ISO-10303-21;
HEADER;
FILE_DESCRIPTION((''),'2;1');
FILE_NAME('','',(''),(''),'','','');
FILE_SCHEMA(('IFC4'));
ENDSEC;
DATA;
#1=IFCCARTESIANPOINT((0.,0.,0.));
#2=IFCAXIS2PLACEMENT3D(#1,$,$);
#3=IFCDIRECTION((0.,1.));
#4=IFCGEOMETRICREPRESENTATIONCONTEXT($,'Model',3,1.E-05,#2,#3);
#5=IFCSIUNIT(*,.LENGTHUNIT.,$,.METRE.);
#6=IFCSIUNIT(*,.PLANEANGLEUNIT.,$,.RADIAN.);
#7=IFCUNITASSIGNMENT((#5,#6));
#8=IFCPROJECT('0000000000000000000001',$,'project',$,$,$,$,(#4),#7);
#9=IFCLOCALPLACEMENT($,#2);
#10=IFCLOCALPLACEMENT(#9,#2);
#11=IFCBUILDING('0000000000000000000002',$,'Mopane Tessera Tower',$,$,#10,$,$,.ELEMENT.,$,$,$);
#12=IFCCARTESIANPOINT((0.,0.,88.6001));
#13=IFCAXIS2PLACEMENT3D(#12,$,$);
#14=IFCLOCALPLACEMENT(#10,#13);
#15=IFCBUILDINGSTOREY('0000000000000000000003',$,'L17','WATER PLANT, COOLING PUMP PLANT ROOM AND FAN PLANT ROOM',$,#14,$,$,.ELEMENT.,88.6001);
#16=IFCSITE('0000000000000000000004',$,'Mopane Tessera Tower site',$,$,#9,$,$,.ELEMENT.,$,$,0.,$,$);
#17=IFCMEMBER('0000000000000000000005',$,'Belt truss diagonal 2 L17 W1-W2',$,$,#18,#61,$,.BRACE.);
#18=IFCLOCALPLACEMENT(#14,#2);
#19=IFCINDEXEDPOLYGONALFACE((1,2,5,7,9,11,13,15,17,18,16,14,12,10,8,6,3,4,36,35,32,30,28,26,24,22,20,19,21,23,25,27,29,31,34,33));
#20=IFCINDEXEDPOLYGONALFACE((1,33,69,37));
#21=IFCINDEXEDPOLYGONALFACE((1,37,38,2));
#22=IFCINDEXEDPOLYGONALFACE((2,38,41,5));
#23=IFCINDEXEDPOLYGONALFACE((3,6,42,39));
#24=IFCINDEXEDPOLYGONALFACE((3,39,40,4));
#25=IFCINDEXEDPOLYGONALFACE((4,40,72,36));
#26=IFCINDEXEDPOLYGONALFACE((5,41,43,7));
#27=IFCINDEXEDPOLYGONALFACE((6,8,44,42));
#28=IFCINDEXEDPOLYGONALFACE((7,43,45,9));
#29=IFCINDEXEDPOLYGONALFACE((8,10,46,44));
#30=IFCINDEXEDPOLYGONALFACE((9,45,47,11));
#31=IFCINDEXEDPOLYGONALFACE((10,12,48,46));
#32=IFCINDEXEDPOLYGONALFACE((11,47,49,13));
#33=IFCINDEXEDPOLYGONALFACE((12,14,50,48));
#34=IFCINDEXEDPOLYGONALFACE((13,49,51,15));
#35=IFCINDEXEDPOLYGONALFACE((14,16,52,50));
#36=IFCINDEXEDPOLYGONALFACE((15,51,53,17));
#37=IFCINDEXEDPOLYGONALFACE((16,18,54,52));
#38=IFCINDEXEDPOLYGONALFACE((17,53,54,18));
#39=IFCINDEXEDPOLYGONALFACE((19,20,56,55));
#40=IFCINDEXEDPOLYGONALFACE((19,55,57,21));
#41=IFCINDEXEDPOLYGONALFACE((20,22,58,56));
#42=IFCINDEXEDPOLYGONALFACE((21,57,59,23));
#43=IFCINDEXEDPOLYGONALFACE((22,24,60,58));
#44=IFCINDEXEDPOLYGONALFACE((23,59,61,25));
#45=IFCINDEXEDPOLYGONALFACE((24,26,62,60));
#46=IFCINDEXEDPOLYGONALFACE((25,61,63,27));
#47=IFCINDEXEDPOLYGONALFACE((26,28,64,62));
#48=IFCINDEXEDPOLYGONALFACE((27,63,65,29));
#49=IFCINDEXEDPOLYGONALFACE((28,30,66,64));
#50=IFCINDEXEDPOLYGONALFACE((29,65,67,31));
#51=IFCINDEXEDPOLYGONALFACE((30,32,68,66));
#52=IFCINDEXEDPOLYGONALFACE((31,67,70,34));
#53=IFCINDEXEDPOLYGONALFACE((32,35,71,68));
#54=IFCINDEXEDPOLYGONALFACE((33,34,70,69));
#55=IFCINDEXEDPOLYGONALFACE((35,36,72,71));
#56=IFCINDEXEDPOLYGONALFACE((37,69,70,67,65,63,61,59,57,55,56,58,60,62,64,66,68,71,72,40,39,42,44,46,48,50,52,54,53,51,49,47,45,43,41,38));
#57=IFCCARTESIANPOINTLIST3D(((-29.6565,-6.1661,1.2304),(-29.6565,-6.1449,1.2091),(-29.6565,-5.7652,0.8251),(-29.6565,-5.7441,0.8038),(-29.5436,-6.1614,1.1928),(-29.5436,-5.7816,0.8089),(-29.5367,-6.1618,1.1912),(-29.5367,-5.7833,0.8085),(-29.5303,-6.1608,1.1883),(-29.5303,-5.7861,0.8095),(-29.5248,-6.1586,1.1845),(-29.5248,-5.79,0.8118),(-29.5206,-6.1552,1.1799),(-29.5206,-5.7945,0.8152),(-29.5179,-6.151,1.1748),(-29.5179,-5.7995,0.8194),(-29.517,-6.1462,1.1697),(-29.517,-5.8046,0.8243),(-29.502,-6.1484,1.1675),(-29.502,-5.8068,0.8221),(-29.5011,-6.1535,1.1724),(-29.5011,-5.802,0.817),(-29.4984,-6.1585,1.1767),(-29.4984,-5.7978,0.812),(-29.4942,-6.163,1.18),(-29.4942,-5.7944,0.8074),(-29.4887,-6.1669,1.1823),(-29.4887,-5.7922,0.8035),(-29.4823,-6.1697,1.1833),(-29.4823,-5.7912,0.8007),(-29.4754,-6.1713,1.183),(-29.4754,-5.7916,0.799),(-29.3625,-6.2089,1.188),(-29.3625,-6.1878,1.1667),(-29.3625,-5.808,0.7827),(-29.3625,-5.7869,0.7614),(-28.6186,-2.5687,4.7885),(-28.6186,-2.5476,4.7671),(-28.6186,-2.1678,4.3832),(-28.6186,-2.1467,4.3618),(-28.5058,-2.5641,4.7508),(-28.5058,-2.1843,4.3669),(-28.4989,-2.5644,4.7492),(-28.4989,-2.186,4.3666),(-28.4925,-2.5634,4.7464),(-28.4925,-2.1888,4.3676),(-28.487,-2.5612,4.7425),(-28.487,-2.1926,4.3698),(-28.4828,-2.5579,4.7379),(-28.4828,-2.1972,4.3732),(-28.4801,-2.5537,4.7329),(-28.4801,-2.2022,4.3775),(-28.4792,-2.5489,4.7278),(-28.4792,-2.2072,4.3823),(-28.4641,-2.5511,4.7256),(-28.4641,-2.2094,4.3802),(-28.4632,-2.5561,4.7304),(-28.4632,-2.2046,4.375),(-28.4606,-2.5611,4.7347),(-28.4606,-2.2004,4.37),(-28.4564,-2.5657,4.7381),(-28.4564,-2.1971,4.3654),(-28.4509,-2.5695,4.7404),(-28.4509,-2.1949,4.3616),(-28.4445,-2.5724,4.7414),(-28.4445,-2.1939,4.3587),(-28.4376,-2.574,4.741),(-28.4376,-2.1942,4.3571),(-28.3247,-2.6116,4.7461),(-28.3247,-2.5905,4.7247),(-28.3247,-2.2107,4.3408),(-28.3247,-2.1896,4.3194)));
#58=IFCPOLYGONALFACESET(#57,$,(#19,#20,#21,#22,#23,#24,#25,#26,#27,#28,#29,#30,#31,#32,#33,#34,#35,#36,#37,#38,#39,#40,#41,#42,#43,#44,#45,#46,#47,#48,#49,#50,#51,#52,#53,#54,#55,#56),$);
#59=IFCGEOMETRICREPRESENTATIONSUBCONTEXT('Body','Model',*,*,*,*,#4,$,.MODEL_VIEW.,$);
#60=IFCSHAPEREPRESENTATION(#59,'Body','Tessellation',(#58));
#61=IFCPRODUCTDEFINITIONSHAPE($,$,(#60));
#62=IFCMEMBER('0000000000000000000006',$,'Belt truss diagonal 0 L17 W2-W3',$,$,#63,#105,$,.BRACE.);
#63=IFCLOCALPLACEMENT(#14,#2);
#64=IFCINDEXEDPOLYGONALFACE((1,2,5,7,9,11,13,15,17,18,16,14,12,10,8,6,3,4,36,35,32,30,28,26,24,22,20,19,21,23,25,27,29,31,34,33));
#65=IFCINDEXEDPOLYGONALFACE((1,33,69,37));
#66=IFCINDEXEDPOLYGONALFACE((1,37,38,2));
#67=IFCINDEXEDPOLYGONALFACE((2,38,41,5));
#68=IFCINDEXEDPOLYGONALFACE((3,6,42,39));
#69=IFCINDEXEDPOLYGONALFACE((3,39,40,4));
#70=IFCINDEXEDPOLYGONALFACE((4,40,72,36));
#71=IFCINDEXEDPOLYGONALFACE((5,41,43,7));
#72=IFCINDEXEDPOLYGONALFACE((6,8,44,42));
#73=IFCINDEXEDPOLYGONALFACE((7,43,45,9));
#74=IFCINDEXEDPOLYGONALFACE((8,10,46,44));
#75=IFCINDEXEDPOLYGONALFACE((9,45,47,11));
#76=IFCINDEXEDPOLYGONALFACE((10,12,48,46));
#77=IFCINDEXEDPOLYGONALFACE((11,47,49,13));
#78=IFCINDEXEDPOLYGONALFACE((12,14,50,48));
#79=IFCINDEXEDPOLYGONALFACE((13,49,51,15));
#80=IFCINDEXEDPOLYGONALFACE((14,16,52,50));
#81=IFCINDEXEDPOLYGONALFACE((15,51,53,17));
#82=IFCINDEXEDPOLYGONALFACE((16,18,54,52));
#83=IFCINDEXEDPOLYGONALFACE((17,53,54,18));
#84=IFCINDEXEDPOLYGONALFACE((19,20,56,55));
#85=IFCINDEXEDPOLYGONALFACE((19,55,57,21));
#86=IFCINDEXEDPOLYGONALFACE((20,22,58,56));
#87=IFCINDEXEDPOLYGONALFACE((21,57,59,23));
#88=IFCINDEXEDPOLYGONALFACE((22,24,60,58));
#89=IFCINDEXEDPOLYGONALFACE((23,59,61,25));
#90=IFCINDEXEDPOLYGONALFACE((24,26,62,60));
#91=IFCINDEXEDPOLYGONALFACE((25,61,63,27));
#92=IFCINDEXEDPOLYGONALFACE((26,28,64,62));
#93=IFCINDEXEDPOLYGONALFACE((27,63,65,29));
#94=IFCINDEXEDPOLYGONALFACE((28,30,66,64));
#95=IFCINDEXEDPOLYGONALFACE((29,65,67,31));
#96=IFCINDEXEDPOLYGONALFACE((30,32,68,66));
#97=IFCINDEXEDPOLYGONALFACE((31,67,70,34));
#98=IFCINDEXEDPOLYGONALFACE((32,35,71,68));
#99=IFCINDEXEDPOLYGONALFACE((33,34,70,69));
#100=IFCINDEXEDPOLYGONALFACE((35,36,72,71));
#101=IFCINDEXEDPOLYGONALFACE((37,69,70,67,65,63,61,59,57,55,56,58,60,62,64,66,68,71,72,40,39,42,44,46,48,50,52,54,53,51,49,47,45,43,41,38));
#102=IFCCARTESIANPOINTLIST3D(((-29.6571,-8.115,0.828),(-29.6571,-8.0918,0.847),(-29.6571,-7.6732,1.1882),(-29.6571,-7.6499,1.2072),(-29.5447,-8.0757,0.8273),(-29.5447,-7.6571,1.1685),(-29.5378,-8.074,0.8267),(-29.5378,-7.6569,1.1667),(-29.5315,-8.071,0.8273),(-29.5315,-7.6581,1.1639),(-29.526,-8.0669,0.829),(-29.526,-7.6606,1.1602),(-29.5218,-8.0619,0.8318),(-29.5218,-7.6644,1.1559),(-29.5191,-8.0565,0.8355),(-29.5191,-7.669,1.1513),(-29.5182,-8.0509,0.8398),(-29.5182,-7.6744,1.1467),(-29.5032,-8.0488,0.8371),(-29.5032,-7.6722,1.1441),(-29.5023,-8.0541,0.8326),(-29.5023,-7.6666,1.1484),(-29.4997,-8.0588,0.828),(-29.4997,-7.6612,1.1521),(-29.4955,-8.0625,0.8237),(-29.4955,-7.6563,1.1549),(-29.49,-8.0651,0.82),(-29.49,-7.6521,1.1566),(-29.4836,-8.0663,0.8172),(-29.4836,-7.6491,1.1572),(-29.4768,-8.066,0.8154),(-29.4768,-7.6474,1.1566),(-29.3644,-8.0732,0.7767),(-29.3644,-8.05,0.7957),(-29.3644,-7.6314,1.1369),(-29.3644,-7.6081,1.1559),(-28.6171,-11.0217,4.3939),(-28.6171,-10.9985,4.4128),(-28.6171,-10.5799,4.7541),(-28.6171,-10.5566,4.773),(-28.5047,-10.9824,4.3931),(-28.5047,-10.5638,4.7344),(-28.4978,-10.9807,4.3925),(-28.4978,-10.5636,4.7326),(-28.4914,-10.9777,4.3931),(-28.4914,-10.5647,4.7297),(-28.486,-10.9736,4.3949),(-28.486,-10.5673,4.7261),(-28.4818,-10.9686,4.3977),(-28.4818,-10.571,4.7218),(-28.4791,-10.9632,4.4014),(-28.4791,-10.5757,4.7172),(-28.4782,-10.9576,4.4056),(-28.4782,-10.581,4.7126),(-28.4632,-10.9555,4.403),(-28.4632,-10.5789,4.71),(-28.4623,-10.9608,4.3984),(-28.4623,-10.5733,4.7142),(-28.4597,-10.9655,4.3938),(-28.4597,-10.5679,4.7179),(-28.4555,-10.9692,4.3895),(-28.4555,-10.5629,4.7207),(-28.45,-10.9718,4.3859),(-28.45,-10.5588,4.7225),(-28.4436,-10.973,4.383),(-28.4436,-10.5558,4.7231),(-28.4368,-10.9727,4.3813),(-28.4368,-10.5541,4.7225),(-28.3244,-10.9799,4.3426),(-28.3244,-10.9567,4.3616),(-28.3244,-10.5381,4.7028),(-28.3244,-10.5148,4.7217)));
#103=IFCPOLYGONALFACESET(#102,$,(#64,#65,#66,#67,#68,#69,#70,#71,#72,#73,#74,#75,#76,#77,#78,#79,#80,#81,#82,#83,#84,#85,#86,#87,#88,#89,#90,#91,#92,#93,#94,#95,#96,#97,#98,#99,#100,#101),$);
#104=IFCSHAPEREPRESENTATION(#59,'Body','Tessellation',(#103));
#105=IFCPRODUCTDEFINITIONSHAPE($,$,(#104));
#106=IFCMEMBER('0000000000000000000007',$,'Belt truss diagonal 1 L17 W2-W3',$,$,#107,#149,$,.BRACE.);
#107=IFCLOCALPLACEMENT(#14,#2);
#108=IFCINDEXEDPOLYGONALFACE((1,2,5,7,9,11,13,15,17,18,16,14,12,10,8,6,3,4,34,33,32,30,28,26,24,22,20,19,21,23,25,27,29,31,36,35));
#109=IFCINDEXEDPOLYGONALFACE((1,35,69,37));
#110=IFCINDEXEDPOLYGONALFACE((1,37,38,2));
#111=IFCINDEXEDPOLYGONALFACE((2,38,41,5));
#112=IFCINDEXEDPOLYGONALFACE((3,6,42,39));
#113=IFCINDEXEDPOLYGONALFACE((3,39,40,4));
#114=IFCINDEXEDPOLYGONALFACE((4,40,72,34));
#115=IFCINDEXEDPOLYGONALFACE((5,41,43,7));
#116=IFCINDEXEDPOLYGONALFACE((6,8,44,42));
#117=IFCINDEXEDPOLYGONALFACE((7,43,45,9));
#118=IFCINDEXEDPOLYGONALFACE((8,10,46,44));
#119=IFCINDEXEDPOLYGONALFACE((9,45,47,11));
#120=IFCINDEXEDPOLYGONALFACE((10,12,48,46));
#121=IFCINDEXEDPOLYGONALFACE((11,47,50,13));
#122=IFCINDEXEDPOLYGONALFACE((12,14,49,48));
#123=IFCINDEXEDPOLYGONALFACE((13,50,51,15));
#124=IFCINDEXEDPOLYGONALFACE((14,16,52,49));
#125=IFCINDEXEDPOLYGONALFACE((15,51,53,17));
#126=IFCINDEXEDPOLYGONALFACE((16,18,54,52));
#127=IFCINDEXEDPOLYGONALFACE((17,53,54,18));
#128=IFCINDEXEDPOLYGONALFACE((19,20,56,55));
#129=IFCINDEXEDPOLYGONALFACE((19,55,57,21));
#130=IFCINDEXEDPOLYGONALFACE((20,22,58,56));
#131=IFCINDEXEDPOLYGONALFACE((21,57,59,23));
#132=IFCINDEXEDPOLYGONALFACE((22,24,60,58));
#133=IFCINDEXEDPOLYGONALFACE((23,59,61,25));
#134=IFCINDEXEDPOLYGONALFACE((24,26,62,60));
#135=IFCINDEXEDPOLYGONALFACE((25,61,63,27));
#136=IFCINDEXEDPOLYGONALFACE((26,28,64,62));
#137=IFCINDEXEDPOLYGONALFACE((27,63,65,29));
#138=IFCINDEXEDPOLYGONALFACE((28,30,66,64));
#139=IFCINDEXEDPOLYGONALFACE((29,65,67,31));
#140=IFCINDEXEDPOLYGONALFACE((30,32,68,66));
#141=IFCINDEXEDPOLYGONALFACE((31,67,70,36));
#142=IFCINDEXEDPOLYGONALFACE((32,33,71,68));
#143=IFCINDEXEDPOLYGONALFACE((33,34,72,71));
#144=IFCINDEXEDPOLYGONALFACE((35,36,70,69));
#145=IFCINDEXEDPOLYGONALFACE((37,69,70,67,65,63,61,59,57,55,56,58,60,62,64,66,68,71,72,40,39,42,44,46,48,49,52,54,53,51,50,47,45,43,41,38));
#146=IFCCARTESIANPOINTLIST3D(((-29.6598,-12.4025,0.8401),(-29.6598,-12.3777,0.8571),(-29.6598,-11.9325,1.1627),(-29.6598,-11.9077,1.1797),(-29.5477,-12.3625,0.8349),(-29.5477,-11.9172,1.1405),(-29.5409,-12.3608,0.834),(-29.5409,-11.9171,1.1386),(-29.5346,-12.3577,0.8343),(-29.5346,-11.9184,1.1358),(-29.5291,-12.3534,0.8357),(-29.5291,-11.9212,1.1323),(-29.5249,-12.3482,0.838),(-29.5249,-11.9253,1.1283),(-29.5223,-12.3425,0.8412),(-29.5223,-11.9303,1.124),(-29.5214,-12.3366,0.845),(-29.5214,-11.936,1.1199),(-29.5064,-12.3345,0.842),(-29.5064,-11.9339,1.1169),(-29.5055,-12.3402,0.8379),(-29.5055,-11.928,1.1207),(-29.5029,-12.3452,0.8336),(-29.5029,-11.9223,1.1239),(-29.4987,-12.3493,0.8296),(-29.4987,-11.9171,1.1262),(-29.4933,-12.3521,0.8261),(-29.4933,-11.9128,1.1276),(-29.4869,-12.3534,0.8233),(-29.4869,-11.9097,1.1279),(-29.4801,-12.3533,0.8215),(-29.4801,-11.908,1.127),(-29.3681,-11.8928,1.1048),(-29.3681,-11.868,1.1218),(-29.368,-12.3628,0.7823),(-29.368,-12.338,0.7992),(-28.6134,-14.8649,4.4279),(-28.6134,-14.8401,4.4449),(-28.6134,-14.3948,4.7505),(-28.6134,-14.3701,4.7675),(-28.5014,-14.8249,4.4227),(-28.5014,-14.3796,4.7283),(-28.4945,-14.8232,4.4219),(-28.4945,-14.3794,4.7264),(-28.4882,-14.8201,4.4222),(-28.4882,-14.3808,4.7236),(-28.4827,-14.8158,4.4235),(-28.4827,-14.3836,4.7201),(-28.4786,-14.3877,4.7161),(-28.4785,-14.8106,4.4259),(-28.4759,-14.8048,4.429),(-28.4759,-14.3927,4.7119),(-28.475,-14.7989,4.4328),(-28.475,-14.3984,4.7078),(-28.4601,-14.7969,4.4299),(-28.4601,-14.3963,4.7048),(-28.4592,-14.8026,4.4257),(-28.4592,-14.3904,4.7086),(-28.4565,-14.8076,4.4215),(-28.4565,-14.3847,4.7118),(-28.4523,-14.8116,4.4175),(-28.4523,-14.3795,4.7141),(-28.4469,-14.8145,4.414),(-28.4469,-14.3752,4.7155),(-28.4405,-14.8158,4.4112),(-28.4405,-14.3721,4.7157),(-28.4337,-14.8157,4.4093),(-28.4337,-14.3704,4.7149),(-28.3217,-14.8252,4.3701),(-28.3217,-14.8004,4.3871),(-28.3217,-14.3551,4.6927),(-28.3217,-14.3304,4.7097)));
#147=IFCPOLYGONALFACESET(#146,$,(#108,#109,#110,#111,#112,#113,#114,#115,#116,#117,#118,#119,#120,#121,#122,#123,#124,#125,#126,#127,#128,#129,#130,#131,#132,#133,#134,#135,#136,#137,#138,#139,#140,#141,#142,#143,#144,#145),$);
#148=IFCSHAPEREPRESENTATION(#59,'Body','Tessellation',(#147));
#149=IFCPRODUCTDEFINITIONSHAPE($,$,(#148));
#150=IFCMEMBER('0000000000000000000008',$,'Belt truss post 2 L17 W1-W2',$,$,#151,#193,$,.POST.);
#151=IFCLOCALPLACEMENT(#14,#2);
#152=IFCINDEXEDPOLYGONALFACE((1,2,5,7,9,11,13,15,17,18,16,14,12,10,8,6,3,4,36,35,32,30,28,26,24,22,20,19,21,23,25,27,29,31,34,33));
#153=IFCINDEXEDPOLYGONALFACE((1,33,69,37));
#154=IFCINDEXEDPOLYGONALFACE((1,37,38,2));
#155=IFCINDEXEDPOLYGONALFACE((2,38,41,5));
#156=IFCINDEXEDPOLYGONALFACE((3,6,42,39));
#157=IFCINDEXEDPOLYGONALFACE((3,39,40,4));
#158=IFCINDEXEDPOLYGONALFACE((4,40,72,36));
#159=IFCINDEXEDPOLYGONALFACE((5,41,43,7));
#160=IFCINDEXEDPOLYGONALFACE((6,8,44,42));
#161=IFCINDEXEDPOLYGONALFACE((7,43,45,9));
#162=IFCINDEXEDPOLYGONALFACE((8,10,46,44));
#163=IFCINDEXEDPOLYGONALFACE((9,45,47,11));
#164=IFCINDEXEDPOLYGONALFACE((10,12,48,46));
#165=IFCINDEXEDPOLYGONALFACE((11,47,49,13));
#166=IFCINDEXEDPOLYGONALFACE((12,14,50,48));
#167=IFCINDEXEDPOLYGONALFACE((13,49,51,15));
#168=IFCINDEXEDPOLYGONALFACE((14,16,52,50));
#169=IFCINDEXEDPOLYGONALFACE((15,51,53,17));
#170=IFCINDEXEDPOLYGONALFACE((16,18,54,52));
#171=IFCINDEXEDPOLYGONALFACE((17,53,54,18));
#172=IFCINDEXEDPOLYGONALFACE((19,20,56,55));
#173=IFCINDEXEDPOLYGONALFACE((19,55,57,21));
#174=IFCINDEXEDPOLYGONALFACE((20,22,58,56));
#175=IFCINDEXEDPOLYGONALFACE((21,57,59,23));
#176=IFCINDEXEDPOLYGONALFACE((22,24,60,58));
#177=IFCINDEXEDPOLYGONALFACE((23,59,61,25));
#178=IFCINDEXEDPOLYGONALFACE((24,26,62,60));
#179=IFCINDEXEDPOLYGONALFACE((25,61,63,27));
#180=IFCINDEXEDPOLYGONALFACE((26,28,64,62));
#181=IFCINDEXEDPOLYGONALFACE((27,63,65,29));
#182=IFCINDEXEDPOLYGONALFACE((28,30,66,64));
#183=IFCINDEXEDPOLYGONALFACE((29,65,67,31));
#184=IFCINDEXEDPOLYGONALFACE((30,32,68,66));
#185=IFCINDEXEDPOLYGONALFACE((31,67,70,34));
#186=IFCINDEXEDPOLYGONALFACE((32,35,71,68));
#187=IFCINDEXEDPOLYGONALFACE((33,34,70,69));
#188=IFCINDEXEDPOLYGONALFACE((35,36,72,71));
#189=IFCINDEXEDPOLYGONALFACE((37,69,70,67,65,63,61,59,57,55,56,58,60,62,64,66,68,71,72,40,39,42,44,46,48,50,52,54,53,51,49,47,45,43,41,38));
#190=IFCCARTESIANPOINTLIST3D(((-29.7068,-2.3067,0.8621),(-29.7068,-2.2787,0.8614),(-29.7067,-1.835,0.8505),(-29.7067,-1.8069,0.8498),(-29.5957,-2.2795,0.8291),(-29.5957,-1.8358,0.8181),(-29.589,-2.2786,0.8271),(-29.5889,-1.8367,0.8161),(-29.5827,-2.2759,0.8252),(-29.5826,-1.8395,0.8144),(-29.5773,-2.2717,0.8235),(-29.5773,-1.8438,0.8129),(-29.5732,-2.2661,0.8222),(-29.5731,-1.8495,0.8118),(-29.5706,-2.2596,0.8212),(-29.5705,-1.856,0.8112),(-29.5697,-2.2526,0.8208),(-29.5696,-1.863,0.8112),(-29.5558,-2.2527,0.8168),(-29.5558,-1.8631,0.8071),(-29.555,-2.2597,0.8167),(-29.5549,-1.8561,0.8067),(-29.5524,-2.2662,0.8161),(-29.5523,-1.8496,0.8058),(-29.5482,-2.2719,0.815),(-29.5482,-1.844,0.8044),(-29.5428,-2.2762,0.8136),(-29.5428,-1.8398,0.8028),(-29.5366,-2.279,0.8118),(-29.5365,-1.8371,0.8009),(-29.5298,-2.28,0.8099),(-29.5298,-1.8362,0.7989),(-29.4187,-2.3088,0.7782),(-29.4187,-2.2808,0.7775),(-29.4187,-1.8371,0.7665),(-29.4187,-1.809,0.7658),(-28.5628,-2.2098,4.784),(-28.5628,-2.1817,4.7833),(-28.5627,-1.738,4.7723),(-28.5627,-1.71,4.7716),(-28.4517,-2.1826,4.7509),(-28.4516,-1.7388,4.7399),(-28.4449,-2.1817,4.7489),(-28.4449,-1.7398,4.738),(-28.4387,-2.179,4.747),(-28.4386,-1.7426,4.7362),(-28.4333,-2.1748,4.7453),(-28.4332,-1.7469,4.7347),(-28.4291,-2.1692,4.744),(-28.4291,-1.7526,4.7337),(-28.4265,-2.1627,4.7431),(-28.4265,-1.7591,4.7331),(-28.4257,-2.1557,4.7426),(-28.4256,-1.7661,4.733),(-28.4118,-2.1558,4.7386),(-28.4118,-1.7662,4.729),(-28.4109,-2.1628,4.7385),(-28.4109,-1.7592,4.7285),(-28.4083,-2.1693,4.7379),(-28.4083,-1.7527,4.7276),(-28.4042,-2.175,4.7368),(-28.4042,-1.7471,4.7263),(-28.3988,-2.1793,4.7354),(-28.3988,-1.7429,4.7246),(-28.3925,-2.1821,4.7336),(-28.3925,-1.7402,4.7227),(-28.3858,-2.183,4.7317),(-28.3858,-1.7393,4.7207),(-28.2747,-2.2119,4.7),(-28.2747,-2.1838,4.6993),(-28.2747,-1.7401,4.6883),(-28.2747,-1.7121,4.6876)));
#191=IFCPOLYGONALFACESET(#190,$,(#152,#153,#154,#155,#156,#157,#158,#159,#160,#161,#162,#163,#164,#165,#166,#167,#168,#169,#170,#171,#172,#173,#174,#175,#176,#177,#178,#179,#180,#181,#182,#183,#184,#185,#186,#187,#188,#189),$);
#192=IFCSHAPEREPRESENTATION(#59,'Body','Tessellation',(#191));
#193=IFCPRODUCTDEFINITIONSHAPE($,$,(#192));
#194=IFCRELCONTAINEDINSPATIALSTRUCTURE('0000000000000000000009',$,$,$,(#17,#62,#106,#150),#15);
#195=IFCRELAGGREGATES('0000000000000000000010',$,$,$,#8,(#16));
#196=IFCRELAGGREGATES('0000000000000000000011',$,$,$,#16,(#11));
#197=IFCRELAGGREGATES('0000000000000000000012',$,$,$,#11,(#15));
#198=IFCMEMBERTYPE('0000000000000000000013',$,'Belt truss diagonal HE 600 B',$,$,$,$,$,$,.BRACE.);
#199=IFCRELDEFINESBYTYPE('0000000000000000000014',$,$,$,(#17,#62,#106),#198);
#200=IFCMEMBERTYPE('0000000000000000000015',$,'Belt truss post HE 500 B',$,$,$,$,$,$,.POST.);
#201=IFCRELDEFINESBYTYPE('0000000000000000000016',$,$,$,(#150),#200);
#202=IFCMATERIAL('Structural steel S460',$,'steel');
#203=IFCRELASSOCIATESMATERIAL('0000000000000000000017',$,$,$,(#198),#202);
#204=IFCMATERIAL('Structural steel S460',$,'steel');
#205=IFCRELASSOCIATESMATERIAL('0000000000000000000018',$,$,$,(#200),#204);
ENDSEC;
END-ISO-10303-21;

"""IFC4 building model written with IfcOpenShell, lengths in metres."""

from ifc_helpers import new_model, si_unit, direction, frame, origin, origin_2d, place, context, subcontext, project, spatial, i_section, extrude, material, material_profile, profile_set, type_object, element, save


model = new_model("IFC4")

# Units and contexts
model_context = context("Model", 3, precision=1e-05, world=origin(), true_north=direction((0.0, 1.0)))
body_context = subcontext(model_context, "Body", "Model", "MODEL_VIEW")
ifc_project = project(units=[si_unit("LENGTHUNIT", "METRE"), si_unit("PLANEANGLEUNIT", "RADIAN")], contexts=[model_context])

# Site, building, storey
site_placement = place(None, origin())
site = spatial("IfcSite", under=ifc_project, at=site_placement, Name="Mopane Tessera Tower site", CompositionType="ELEMENT", RefElevation=0.0)
building_placement = place(site_placement, origin())
building = spatial("IfcBuilding", under=site, at=building_placement, Name="Mopane Tessera Tower", CompositionType="ELEMENT")
storey_placement = place(building_placement, frame((0.0, 0.0, 88.6001)))
storey = spatial("IfcBuildingStorey", under=building, at=storey_placement, Name="L17", Description="WATER PLANT, COOLING PUMP PLANT ROOM AND FAN PLANT ROOM", CompositionType="ELEMENT", Elevation=88.6001)

# Members
ifc_material_1 = material(Name="Structural steel S460", Category="steel")
ifc_material_profile_1 = material_profile(ifc_material_1, i_section(OverallWidth=0.3, OverallDepth=0.6001, WebThickness=0.0154, FlangeThickness=0.03, FilletRadius=0.0271, at=origin_2d()))
ifc_profile_set_1 = profile_set([ifc_material_profile_1], Name="Structural steel S460")
member_type_1 = type_object("IfcMemberType", Name="Belt truss diagonal HE 600 B", PredefinedType="BRACE", material=ifc_profile_set_1)
member_1_placement = place(storey_placement, frame((-28.4717, -2.3792, 4.554), z_axis=(-0.200932, -0.69648, -0.68887), x_axis=(0.979605, -0.142861, -0.141296)))
element("IfcMember", 1, at=member_1_placement, inside=storey, type_object=member_type_1, Name="Belt truss diagonal 2 L17 W1-W2", PredefinedType="BRACE", context=body_context, shape_type="SweptSolid", body=[
    extrude(i_section(OverallWidth=0.3, OverallDepth=0.6001, WebThickness=0.0154, FlangeThickness=0.03, FilletRadius=0.0271, at=origin_2d()), origin(), (0.0, 0.0, 1.0), 5.165),
])
member_2_placement = place(storey_placement, frame((-29.5107, -7.8616, 0.9919), z_axis=(0.220505, -0.616275, 0.756031), x_axis=(0.975386, 0.139321, -0.170916)))
element("IfcMember", 2, at=member_2_placement, inside=storey, type_object=member_type_1, Name="Belt truss diagonal 0 L17 W2-W3", PredefinedType="BRACE", context=body_context, shape_type="SweptSolid", body=[
    extrude(i_section(OverallWidth=0.3, OverallDepth=0.6001, WebThickness=0.0154, FlangeThickness=0.03, FilletRadius=0.0271, at=origin_2d()), origin(), (0.0, 0.0, 1.0), 4.7166),
])
member_3_placement = place(storey_placement, frame((-29.5139, -12.1353, 0.981), z_axis=(0.233796, -0.550179, 0.801649), x_axis=(0.972286, 0.132304, -0.19276)))
element("IfcMember", 3, at=member_3_placement, inside=storey, type_object=member_type_1, Name="Belt truss diagonal 1 L17 W2-W3", PredefinedType="BRACE", context=body_context, shape_type="SweptSolid", body=[
    extrude(i_section(OverallWidth=0.3, OverallDepth=0.6001, WebThickness=0.0154, FlangeThickness=0.03, FilletRadius=0.0271, at=origin_2d()), origin(), (0.0, 0.0, 1.0), 4.4756),
])
ifc_material_2 = material(Name="Structural steel S460", Category="steel")
ifc_material_profile_2 = material_profile(ifc_material_2, i_section(OverallWidth=0.3, OverallDepth=0.5, WebThickness=0.0144, FlangeThickness=0.0281, FilletRadius=0.0271, at=origin_2d()))
ifc_profile_set_2 = profile_set([ifc_material_profile_2], Name="Structural steel S460")
member_type_2 = type_object("IfcMemberType", Name="Belt truss post HE 500 B", PredefinedType="POST", material=ifc_profile_set_2)
member_4_placement = place(storey_placement, frame((-29.5627, -2.0579, 0.814), z_axis=(0.279958, 0.023718, 0.959719), x_axis=(0.960012, -0.00702, -0.27987)))
element("IfcMember", 4, at=member_4_placement, inside=storey, type_object=member_type_2, Name="Belt truss post 2 L17 W1-W2", PredefinedType="POST", context=body_context, shape_type="SweptSolid", body=[
    extrude(i_section(OverallWidth=0.3, OverallDepth=0.5, WebThickness=0.0144, FlangeThickness=0.0281, FilletRadius=0.0271, at=origin_2d()), origin(), (0.0, 0.0, 1.0), 4.0864),
])

save(model, "model.ifc")
